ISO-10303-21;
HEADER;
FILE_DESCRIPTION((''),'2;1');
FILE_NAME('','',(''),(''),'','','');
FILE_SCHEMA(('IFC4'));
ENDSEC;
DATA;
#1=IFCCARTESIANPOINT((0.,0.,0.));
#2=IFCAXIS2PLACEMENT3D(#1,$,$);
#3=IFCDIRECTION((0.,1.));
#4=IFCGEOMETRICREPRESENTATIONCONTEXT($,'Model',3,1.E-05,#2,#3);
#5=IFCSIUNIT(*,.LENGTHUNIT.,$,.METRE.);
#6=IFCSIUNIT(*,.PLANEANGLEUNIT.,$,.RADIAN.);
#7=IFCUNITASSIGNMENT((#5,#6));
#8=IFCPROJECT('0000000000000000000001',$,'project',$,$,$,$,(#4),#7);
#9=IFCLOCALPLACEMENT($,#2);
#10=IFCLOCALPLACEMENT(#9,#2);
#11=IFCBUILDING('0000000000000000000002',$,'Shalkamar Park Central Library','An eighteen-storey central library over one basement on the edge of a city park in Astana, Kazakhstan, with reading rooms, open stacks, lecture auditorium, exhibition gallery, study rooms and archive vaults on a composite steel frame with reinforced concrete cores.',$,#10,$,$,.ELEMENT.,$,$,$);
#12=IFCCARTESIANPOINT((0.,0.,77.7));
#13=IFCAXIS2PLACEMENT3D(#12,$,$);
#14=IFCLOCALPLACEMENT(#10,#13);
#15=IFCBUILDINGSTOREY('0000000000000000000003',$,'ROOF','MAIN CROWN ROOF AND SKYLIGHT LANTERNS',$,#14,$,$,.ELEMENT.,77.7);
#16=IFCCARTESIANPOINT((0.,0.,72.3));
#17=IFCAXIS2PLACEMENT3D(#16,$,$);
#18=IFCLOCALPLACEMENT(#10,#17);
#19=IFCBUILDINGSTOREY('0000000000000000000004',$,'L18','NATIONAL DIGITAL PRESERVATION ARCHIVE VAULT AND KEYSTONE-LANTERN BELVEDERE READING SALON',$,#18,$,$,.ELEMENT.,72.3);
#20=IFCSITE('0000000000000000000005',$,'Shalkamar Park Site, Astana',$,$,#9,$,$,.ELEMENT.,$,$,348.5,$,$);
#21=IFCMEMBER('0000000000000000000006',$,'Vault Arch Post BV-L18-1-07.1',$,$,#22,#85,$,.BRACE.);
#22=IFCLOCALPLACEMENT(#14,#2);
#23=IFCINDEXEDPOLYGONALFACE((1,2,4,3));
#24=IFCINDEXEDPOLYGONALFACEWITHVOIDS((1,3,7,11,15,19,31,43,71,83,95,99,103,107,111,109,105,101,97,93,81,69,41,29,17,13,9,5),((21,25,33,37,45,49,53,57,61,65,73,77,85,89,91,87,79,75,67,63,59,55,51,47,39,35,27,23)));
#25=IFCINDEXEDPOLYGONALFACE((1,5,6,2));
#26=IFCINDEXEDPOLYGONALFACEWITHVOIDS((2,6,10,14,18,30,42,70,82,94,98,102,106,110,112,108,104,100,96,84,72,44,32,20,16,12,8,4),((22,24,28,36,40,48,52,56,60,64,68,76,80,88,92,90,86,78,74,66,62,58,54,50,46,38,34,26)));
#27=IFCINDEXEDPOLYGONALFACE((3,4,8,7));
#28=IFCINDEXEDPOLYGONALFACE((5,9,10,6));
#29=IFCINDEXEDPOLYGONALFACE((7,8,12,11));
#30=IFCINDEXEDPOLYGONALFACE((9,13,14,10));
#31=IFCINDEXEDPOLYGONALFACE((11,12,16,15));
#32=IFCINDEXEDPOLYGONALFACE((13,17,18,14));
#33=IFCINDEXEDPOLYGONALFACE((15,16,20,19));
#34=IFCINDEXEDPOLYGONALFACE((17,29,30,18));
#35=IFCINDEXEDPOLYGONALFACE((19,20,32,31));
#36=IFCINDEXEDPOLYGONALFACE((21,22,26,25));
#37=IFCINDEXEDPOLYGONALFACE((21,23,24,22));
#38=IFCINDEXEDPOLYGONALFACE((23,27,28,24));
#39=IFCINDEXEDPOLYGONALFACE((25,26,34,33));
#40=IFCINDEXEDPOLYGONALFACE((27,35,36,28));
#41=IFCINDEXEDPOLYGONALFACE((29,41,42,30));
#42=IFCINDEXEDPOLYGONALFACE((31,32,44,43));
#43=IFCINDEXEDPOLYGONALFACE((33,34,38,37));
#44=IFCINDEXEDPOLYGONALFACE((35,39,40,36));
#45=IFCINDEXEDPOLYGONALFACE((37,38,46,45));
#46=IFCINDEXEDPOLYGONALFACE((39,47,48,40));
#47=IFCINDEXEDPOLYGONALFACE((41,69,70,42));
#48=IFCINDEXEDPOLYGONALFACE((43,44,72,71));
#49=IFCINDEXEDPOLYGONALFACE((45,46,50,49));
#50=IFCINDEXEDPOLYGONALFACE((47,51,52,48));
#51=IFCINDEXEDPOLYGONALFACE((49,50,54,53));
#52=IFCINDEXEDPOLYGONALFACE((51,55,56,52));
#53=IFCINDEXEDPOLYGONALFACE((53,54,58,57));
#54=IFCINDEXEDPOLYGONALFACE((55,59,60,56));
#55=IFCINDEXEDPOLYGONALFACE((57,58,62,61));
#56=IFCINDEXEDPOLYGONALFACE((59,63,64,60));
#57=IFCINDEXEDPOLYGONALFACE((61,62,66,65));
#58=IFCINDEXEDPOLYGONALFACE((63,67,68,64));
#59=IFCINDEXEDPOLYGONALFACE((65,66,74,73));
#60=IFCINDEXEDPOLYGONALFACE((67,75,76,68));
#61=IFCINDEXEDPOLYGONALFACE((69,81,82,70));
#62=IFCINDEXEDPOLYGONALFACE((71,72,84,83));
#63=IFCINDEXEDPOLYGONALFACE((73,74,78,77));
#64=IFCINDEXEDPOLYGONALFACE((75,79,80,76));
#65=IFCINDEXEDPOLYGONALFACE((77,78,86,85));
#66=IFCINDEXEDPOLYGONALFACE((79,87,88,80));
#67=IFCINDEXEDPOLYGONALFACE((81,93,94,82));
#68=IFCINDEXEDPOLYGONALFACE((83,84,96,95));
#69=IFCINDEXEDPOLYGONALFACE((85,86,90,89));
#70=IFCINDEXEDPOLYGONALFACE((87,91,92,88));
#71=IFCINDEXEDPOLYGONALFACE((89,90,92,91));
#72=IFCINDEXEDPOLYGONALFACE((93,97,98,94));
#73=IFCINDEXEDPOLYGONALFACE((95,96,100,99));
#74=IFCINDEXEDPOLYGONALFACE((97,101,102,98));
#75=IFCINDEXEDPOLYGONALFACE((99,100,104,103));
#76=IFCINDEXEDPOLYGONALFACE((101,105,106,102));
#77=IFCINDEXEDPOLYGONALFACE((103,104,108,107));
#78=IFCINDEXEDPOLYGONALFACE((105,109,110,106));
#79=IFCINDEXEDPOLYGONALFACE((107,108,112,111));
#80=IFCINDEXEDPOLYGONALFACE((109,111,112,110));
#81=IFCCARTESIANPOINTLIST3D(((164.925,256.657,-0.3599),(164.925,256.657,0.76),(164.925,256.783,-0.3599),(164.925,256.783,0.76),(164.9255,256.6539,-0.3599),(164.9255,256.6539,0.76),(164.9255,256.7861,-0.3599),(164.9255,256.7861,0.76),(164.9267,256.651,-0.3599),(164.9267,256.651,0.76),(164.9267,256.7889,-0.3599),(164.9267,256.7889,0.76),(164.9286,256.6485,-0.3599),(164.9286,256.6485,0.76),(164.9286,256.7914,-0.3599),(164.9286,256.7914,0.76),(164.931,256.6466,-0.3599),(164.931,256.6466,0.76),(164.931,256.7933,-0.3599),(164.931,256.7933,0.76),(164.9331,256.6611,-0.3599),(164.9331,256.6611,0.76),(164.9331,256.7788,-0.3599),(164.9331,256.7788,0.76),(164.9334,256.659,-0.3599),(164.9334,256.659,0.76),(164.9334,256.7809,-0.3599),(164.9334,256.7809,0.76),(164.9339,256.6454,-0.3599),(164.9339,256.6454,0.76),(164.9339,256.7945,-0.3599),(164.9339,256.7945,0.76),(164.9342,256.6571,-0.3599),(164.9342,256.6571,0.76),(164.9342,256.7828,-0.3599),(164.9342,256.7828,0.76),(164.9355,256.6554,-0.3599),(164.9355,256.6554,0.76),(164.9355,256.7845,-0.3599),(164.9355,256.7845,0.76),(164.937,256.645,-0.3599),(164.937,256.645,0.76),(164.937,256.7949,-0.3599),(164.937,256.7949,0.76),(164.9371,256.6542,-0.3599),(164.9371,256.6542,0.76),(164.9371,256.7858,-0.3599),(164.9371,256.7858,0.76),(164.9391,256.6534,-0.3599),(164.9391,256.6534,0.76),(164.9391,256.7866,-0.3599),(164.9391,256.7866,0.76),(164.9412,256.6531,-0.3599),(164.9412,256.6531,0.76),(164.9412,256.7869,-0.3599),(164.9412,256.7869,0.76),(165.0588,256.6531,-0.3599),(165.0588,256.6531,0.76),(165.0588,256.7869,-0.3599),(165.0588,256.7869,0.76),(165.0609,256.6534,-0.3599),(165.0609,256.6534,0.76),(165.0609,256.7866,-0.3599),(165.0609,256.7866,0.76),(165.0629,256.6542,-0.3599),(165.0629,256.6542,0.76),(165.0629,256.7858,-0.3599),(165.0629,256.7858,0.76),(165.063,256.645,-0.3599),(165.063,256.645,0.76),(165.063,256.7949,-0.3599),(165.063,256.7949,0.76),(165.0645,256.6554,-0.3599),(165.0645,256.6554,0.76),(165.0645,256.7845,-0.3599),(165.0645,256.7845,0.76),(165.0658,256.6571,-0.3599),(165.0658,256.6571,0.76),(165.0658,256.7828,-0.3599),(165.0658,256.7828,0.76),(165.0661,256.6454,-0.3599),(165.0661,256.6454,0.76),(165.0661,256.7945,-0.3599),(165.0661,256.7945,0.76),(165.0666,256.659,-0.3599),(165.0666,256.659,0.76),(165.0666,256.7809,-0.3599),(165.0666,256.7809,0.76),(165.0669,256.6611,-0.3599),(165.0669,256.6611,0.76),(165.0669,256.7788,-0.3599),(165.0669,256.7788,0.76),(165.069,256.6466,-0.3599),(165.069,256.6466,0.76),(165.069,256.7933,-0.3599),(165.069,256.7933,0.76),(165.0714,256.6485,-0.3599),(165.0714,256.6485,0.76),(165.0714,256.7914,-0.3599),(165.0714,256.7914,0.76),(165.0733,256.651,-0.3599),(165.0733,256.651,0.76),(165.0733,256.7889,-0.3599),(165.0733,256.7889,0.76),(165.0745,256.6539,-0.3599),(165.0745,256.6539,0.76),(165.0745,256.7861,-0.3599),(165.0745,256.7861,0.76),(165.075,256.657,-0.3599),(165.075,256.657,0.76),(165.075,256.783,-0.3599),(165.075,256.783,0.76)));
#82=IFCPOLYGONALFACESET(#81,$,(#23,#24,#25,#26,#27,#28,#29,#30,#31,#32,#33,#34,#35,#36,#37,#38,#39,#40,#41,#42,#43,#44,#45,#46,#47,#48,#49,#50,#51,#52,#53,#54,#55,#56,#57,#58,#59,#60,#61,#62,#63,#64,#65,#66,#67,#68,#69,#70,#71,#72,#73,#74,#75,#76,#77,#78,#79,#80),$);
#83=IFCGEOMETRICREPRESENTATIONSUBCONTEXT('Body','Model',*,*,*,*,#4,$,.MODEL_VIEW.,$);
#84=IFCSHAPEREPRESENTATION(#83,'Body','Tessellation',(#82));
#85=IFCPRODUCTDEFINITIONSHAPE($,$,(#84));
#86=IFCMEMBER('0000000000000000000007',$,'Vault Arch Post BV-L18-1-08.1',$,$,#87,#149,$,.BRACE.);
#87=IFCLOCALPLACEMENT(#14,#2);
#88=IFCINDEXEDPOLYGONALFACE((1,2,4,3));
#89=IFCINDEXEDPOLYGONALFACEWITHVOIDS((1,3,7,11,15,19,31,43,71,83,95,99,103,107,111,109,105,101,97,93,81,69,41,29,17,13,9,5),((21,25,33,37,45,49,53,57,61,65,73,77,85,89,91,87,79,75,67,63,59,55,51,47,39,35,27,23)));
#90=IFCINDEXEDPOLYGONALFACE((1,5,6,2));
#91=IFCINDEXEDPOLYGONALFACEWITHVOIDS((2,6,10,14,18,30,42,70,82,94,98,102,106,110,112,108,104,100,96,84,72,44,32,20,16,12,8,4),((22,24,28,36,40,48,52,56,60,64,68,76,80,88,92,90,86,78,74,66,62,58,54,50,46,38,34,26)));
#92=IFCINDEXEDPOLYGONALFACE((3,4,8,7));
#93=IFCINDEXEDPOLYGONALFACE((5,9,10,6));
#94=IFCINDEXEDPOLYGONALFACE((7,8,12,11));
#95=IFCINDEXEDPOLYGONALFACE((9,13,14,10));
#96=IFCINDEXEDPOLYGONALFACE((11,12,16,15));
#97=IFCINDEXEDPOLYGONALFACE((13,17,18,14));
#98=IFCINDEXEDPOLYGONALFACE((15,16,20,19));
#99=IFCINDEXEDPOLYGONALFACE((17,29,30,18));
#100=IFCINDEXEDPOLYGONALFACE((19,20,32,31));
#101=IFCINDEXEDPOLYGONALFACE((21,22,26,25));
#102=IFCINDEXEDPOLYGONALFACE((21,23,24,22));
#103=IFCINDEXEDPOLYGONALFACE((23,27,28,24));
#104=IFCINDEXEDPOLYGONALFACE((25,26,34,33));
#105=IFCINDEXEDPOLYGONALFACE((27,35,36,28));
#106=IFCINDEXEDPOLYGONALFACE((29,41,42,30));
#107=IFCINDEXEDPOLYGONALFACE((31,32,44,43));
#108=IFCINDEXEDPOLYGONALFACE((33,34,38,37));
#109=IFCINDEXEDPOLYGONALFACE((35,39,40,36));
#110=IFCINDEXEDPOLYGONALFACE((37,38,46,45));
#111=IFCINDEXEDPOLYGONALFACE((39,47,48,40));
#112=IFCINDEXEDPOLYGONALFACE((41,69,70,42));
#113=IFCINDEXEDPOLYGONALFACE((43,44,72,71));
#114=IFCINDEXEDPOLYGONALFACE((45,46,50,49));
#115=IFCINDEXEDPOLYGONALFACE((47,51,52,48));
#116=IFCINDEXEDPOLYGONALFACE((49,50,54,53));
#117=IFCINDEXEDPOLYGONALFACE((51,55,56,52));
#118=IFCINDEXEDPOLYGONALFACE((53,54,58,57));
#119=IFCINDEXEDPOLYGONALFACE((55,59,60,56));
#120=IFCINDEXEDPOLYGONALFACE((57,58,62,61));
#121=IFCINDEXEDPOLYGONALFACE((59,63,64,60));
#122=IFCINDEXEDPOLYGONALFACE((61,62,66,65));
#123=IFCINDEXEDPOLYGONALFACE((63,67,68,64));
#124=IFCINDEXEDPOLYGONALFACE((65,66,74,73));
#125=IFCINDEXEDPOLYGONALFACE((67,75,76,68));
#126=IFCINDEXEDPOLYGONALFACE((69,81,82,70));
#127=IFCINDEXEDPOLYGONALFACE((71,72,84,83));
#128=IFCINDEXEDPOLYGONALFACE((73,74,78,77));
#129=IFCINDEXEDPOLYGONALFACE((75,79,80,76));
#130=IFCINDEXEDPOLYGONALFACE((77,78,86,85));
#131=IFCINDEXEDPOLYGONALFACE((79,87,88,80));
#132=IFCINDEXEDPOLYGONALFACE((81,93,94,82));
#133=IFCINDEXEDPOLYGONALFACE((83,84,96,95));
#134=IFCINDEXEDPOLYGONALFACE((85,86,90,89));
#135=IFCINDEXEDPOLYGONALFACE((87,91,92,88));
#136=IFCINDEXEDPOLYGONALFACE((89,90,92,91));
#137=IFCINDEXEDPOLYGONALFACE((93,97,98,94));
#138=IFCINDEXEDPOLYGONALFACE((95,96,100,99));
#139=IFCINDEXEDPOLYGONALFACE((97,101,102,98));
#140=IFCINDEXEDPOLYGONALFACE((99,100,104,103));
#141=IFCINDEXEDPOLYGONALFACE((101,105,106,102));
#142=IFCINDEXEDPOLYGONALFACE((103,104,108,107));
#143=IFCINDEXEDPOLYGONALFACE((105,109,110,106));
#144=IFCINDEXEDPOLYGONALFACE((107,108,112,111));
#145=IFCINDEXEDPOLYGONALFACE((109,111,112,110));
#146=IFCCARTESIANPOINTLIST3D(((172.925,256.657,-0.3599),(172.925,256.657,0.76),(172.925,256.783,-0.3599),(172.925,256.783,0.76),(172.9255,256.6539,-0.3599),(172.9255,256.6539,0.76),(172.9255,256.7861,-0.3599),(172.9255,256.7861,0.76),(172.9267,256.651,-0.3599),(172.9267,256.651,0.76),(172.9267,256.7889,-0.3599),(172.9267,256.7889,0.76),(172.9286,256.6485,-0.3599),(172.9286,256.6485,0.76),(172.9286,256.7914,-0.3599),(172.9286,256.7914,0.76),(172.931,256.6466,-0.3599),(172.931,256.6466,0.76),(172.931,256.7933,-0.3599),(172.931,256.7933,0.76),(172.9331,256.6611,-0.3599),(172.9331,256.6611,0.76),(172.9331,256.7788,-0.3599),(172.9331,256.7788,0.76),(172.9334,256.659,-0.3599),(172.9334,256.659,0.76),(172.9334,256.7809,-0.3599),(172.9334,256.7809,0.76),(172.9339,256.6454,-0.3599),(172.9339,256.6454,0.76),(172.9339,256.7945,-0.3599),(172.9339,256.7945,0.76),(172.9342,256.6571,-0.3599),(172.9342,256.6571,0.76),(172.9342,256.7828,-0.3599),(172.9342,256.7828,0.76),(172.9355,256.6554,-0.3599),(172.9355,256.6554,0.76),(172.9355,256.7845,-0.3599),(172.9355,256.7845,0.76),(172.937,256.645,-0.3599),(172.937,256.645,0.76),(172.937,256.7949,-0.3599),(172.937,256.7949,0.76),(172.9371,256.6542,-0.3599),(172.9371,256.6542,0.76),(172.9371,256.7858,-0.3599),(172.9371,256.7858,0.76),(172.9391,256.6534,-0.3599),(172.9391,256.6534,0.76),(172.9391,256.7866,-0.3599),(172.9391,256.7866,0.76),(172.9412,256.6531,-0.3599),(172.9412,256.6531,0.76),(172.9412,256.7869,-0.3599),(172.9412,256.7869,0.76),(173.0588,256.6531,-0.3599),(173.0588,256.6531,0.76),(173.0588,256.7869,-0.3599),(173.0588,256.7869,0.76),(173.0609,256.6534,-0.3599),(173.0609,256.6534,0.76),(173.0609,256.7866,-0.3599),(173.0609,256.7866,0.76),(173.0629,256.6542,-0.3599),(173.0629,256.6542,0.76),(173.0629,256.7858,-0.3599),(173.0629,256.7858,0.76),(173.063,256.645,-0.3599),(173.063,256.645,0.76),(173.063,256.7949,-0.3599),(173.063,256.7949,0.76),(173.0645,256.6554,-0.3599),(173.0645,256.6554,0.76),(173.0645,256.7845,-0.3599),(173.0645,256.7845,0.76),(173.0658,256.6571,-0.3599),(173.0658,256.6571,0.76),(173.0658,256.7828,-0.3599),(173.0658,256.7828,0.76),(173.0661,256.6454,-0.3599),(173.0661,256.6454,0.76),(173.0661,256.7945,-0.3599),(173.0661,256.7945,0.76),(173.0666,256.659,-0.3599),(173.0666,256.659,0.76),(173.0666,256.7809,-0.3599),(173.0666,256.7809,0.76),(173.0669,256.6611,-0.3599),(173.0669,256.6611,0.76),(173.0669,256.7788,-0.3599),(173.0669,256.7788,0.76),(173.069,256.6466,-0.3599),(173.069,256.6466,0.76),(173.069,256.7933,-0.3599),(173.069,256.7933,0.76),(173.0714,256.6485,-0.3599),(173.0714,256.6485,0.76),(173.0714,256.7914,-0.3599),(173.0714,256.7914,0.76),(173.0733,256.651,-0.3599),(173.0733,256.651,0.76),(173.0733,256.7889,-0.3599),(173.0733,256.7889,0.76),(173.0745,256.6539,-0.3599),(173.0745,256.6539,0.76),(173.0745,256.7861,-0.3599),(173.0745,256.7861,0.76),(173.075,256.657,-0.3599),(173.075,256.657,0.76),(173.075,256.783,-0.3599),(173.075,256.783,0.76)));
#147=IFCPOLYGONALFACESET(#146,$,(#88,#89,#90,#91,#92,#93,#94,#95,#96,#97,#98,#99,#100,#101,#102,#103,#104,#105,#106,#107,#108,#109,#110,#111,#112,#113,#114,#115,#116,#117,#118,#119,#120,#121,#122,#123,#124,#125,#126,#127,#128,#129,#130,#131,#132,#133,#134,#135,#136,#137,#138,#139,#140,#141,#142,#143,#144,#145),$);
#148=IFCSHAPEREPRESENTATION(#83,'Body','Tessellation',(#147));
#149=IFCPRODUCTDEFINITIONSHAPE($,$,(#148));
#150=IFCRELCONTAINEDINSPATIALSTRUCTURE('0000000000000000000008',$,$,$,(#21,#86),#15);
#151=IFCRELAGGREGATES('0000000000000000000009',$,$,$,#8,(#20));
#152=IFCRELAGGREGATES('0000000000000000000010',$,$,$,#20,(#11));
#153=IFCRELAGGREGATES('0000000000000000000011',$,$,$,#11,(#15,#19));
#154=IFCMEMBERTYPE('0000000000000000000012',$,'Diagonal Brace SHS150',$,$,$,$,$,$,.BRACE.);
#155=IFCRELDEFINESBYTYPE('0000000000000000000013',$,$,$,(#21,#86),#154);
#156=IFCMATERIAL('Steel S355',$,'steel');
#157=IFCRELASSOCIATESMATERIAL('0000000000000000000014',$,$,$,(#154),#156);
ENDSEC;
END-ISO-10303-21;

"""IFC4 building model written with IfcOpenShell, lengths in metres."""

from ifc_helpers import new_model, si_unit, direction, frame, origin, origin_2d, place, context, subcontext, project, spatial, hollow_rectangle, extrude, material, material_profile, profile_set, type_object, element, save


model = new_model("IFC4")

# Units and contexts
model_context = context("Model", 3, precision=1e-05, world=origin(), true_north=direction((0.0, 1.0)))
body_context = subcontext(model_context, "Body", "Model", "MODEL_VIEW")
ifc_project = project(units=[si_unit("LENGTHUNIT", "METRE"), si_unit("PLANEANGLEUNIT", "RADIAN")], contexts=[model_context])

# Site, building, storey
site_placement = place(None, origin())
site = spatial("IfcSite", under=ifc_project, at=site_placement, Name="Shalkamar Park Site, Astana", CompositionType="ELEMENT", RefElevation=348.5)
building_placement = place(site_placement, origin())
building = spatial("IfcBuilding", under=site, at=building_placement, Name="Shalkamar Park Central Library", Description="An eighteen-storey central library over one basement on the edge of a city park in Astana, Kazakhstan, with reading rooms, open stacks, lecture auditorium, exhibition gallery, study rooms and archive vaults on a composite steel frame with reinforced concrete cores.", CompositionType="ELEMENT")
storey_1_placement = place(building_placement, frame((0.0, 0.0, 77.7)))
storey_1 = spatial("IfcBuildingStorey", under=building, at=storey_1_placement, Name="ROOF", Description="MAIN CROWN ROOF AND SKYLIGHT LANTERNS", CompositionType="ELEMENT", Elevation=77.7)

# Members
ifc_material_1 = material(Name="Steel S355", Category="steel")
ifc_material_profile_1 = material_profile(ifc_material_1, hollow_rectangle(XDim=0.1499, YDim=0.1499, WallThickness=0.0081, InnerFilletRadius=0.0081, OuterFilletRadius=0.012, at=origin_2d()), Name="SHS 150x150x8")
ifc_profile_set_1 = profile_set([ifc_material_profile_1], Name="Steel S355")
member_type_1 = type_object("IfcMemberType", Name="Diagonal Brace SHS150", PredefinedType="BRACE", material=ifc_profile_set_1)
for number, where, z_axis, x_axis, name in (
    (1, (165.0, 256.72, -0.3599), (0.0, 0.0, 1.0), (1.0, 0.0, 0.0), "Vault Arch Post BV-L18-1-07.1"),
    (2, (173.0, 256.72, -0.3599), (0.0, 0.0, 1.0), (1.0, 0.0, 0.0), "Vault Arch Post BV-L18-1-08.1"),
):
    element("IfcMember", number, at=place(storey_1_placement, frame(where, z_axis=z_axis, x_axis=x_axis)), inside=storey_1, type_object=member_type_1, Name=name, PredefinedType="BRACE", context=body_context, shape_type="SweptSolid", body=[
        extrude(hollow_rectangle(XDim=0.1499, YDim=0.1499, WallThickness=0.0081, InnerFilletRadius=0.0081, OuterFilletRadius=0.012, at=origin_2d()), origin(), (0.0, 0.0, 1.0), 1.1199),
    ])

# Shared definitions
storey_2_placement = place(building_placement, frame((0.0, 0.0, 72.3)))
storey_2 = spatial("IfcBuildingStorey", under=building, at=storey_2_placement, Name="L18", Description="NATIONAL DIGITAL PRESERVATION ARCHIVE VAULT AND KEYSTONE-LANTERN BELVEDERE READING SALON", CompositionType="ELEMENT", Elevation=72.3)

save(model, "model.ifc")
